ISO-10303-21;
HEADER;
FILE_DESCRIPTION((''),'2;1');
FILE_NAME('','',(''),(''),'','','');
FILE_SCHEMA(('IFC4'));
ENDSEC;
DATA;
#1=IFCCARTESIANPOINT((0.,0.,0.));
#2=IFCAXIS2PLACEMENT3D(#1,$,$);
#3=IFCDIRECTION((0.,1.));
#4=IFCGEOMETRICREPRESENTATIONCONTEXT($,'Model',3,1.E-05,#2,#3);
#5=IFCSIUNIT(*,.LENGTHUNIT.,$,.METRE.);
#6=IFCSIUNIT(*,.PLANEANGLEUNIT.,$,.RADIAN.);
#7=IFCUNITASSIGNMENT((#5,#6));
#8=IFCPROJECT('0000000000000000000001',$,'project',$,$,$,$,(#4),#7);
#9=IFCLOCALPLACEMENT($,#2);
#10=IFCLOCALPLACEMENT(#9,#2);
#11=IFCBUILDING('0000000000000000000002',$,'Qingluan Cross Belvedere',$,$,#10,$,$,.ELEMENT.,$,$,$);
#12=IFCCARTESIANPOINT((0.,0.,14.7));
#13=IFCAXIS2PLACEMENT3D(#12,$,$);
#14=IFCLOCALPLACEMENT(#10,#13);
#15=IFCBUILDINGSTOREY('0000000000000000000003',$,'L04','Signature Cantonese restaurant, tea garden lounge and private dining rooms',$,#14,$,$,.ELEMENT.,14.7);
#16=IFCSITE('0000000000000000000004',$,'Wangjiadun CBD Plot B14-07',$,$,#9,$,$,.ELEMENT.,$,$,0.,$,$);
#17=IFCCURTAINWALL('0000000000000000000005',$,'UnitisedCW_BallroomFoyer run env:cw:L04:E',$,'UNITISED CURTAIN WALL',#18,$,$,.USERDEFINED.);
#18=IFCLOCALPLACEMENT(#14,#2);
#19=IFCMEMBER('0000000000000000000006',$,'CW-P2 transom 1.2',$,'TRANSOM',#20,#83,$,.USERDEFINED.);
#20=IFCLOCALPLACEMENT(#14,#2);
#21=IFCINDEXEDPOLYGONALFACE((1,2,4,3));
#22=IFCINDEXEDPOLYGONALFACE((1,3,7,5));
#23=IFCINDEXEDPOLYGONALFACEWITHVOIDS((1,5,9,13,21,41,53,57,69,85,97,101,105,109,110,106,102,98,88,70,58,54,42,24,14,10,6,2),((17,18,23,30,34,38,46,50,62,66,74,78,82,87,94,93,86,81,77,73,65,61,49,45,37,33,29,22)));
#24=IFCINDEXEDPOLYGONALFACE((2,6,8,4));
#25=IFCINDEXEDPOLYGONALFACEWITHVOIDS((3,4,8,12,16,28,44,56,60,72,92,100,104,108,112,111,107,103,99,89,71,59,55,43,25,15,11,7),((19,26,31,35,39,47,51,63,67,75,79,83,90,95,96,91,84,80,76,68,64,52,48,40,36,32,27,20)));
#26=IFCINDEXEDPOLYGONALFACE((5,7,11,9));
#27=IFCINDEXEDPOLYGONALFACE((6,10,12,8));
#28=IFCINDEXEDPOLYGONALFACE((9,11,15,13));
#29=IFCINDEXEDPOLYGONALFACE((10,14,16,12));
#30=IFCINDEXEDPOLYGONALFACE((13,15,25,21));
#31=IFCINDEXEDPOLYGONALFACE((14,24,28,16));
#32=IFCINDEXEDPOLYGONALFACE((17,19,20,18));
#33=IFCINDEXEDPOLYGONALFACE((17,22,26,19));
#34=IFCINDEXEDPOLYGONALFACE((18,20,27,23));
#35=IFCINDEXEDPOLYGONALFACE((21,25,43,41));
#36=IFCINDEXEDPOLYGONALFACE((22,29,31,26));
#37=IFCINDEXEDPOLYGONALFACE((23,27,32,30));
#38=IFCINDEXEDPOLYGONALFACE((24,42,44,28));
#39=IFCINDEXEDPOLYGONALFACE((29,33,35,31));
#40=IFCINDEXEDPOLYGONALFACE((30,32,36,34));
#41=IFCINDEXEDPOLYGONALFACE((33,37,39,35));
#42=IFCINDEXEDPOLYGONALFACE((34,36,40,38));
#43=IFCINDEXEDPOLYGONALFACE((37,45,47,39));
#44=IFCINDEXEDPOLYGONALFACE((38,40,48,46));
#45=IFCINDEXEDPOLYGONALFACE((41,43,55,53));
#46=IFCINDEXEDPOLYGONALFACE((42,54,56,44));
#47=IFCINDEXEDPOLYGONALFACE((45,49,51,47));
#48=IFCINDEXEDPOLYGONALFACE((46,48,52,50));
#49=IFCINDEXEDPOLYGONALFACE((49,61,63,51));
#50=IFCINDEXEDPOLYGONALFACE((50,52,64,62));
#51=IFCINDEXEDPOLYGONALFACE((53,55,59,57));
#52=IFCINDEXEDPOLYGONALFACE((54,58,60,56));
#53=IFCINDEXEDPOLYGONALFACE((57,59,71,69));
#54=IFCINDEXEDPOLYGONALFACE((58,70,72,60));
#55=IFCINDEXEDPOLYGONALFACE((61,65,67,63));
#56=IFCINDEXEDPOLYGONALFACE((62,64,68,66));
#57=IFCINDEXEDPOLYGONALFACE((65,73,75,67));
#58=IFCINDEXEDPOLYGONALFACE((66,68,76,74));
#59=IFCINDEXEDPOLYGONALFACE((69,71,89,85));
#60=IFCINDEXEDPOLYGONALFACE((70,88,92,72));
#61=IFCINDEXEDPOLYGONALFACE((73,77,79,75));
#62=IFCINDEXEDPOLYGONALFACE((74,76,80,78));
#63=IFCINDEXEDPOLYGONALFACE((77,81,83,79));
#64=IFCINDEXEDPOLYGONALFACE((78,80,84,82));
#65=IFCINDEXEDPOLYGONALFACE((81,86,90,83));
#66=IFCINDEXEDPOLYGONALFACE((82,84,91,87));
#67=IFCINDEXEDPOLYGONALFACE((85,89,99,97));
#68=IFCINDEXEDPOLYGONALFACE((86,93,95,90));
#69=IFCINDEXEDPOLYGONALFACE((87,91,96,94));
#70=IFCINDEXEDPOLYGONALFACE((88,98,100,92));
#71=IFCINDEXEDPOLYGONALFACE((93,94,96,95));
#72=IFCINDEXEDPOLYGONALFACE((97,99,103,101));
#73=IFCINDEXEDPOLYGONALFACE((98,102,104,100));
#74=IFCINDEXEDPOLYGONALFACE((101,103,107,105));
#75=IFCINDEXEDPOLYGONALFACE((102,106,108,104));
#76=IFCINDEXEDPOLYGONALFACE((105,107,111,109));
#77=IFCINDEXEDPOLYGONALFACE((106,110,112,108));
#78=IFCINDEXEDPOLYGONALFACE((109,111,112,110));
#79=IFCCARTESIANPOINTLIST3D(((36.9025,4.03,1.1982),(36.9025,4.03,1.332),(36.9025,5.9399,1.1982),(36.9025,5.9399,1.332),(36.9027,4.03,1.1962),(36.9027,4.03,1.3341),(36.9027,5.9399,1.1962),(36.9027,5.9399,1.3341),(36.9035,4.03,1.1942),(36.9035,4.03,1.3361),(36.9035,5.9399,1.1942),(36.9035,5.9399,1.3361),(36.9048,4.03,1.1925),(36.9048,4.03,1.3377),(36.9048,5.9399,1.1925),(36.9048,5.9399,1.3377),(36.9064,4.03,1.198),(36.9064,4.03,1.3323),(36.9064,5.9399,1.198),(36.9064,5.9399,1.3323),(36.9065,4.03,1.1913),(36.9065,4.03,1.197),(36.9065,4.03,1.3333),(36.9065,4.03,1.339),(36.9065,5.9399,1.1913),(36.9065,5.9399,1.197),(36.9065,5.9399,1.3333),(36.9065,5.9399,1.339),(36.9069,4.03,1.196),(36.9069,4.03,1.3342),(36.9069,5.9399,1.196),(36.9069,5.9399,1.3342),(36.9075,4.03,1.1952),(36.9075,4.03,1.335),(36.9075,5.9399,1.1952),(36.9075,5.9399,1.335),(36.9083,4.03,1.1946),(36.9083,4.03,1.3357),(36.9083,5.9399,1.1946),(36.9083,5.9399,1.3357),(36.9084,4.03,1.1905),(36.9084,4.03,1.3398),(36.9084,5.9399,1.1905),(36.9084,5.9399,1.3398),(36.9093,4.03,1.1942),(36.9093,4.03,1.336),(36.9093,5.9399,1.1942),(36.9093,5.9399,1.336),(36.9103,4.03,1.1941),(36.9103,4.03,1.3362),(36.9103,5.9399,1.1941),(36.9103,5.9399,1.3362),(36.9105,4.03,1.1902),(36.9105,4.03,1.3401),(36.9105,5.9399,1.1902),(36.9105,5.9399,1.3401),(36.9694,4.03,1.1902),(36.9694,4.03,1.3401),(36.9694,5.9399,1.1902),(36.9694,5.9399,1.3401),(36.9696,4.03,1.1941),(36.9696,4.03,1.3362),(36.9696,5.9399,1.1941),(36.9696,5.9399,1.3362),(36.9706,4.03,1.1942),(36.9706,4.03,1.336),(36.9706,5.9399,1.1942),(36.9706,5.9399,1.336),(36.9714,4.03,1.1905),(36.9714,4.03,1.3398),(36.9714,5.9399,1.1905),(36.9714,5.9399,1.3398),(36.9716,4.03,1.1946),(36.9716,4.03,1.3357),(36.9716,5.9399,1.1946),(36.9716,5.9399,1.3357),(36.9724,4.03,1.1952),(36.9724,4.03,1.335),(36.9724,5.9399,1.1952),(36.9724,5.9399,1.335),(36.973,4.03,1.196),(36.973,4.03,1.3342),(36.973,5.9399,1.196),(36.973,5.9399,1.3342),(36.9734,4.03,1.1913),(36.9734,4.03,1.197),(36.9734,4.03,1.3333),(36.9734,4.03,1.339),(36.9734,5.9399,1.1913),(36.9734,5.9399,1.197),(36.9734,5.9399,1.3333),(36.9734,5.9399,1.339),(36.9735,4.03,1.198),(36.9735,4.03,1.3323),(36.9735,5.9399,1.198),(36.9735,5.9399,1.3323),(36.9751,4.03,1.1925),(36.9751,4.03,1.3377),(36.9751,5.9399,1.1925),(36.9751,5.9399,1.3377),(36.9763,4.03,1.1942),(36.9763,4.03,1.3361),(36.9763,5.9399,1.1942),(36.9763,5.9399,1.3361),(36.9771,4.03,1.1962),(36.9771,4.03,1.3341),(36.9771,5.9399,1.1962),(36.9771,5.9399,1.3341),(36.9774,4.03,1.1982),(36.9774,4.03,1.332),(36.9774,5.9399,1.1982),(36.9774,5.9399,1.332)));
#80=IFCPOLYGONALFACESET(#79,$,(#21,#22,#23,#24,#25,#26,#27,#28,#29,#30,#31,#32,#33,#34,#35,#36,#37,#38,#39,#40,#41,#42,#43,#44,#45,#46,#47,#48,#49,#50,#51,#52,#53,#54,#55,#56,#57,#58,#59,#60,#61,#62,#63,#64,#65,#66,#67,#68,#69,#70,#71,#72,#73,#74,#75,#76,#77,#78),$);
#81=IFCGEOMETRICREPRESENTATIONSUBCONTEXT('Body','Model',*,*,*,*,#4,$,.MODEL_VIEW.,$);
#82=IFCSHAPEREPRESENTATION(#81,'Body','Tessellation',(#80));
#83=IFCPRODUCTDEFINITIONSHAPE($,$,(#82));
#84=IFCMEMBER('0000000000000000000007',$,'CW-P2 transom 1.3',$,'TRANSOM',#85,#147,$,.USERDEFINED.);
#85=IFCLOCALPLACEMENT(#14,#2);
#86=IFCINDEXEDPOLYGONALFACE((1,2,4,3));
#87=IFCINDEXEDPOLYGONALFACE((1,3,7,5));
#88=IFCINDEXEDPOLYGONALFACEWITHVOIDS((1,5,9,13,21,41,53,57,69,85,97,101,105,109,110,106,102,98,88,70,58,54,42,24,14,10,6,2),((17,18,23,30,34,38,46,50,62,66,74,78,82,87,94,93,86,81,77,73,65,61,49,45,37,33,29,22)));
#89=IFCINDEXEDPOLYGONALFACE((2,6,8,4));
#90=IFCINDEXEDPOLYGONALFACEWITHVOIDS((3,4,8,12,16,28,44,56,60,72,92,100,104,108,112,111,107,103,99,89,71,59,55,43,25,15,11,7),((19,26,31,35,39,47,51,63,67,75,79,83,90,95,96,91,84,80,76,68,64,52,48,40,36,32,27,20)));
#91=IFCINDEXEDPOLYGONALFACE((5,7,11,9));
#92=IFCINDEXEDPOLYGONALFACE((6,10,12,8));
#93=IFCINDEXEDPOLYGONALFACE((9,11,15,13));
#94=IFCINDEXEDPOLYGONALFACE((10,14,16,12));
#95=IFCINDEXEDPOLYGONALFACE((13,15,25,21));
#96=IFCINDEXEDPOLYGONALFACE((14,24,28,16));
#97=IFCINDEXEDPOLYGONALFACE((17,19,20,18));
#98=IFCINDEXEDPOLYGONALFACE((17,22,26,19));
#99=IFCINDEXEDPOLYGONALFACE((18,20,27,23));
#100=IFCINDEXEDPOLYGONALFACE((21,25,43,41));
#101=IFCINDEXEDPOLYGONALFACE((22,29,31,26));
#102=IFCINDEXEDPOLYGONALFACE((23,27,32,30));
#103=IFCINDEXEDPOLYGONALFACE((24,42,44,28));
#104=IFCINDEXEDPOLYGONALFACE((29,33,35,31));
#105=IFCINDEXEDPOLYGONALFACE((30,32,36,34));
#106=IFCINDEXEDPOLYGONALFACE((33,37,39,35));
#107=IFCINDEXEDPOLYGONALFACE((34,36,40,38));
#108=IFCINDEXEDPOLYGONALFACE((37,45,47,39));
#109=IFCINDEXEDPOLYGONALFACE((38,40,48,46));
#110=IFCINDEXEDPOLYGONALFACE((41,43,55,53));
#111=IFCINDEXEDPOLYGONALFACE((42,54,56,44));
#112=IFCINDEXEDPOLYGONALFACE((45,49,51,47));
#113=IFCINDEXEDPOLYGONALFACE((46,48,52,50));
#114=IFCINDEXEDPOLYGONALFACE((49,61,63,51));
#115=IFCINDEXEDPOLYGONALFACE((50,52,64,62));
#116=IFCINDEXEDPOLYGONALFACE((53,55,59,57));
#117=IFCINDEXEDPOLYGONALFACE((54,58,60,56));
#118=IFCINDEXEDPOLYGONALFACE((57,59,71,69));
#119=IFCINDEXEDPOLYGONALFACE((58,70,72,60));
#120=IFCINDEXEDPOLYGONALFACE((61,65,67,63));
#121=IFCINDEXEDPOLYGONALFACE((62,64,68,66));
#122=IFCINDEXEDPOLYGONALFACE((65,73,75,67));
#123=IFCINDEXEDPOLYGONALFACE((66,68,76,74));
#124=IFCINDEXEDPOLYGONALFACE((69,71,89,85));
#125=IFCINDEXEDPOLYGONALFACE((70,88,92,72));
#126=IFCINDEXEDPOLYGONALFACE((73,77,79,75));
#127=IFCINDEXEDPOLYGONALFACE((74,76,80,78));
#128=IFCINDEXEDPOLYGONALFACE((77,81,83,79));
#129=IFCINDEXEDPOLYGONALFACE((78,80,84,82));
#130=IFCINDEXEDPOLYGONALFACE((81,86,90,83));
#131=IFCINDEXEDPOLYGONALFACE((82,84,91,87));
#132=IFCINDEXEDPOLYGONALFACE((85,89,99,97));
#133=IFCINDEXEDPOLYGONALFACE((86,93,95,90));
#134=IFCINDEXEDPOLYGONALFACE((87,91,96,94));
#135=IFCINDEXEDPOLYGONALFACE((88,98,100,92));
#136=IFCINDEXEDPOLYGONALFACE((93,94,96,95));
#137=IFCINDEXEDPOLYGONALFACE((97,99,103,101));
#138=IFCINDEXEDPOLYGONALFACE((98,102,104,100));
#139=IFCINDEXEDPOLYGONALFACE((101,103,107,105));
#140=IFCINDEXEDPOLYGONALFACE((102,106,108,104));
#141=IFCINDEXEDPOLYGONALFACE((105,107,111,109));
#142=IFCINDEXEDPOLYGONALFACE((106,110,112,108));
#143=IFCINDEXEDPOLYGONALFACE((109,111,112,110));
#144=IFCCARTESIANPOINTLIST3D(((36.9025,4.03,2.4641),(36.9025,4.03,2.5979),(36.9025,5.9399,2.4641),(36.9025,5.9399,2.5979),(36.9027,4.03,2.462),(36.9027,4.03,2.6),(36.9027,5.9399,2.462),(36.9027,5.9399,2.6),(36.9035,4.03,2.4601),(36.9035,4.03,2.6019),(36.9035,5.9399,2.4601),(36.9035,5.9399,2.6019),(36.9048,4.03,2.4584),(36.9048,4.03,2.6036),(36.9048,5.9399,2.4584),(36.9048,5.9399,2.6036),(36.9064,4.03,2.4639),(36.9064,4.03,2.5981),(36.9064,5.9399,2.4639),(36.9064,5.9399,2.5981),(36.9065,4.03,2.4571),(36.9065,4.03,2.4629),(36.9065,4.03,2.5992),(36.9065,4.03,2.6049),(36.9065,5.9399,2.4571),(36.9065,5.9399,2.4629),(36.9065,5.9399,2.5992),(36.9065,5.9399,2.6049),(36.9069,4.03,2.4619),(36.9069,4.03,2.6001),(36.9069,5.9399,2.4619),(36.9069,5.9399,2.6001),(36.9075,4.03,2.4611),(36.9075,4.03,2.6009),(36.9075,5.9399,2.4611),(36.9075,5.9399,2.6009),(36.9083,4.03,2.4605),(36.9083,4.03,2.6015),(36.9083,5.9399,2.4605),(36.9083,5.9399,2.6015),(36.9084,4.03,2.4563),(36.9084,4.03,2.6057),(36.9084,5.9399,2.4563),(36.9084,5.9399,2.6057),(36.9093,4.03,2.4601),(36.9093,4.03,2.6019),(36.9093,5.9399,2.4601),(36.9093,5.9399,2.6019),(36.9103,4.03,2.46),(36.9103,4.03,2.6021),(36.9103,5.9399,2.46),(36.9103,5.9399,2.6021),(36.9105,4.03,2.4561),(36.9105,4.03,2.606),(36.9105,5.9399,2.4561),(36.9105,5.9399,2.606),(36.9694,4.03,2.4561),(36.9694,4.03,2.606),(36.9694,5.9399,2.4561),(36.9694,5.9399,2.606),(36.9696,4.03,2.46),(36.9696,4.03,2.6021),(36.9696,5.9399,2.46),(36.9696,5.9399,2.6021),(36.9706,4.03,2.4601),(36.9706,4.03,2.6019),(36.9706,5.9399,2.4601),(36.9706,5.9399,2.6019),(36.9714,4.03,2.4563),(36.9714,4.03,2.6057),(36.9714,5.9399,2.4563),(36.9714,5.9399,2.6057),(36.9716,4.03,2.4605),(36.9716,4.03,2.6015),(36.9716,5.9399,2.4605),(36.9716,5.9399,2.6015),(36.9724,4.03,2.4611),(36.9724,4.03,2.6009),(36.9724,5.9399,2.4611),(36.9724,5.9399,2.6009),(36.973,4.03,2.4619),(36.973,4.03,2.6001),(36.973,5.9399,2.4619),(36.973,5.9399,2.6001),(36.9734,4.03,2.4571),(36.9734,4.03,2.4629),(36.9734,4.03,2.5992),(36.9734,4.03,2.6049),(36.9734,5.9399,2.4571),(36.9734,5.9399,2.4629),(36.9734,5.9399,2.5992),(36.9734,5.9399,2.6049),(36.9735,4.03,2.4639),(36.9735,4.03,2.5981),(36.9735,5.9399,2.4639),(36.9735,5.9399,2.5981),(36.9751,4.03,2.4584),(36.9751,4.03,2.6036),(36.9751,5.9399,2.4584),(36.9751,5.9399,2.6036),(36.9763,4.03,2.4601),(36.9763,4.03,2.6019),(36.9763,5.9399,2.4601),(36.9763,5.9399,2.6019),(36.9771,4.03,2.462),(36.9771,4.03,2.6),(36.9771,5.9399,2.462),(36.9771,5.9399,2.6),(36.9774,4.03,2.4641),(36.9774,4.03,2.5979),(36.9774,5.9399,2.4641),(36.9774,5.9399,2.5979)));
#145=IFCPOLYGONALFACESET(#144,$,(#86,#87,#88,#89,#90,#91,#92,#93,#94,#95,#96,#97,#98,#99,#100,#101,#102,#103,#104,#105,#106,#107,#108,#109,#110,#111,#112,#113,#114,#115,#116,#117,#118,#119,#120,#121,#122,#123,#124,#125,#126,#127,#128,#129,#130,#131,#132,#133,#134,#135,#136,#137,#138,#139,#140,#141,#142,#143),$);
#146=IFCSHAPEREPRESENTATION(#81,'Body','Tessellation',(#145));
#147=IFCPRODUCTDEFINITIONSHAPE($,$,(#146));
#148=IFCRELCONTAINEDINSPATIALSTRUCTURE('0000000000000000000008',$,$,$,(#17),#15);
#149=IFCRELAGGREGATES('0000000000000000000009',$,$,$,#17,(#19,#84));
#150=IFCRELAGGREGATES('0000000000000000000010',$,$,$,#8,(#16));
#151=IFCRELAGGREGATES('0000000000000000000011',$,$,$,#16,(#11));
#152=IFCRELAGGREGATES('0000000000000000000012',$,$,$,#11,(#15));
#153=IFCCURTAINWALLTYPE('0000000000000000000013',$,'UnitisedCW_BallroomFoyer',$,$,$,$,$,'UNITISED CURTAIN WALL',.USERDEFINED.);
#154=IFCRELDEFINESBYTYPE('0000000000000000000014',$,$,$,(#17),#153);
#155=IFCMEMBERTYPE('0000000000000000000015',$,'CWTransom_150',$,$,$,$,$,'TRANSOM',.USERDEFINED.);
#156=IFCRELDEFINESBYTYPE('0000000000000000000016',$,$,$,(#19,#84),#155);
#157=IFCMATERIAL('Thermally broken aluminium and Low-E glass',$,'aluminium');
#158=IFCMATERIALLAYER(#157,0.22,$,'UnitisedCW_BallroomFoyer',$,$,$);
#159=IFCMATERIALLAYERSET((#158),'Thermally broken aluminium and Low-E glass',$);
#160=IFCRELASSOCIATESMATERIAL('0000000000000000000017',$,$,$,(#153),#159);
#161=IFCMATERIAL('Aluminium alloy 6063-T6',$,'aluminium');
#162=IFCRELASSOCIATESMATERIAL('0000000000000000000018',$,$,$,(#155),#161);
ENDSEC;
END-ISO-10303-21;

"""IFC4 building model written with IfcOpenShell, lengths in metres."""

from ifc_helpers import new_model, si_unit, direction, frame, origin, origin_2d, place, context, subcontext, project, spatial, hollow_rectangle, extrude, material, layer, layer_set, material_profile, profile_set, type_object, element, aggregate, save


model = new_model("IFC4")

# Units and contexts
model_context = context("Model", 3, precision=1e-05, world=origin(), true_north=direction((0.0, 1.0)))
body_context = subcontext(model_context, "Body", "Model", "MODEL_VIEW")
ifc_project = project(units=[si_unit("LENGTHUNIT", "METRE"), si_unit("PLANEANGLEUNIT", "RADIAN")], contexts=[model_context])

# Site, building, storey
site_placement = place(None, origin())
site = spatial("IfcSite", under=ifc_project, at=site_placement, Name="Wangjiadun CBD Plot B14-07", CompositionType="ELEMENT", RefElevation=0.0)
building_placement = place(site_placement, origin())
building = spatial("IfcBuilding", under=site, at=building_placement, Name="Qingluan Cross Belvedere", CompositionType="ELEMENT")
storey_placement = place(building_placement, frame((0.0, 0.0, 14.7)))
storey = spatial("IfcBuildingStorey", under=building, at=storey_placement, Name="L04", Description="Signature Cantonese restaurant, tea garden lounge and private dining rooms", CompositionType="ELEMENT", Elevation=14.7)

# Curtain wall, members
ifc_material_1 = material(Name="Thermally broken aluminium and Low-E glass", Category="aluminium")
ifc_layer_1 = layer(ifc_material_1, 0.22, Name="UnitisedCW_BallroomFoyer")
ifc_layer_set_1 = layer_set([ifc_layer_1], Name="Thermally broken aluminium and Low-E glass")
curtain_wall_type = type_object("IfcCurtainWallType", Name="UnitisedCW_BallroomFoyer", ElementType="UNITISED CURTAIN WALL", PredefinedType="USERDEFINED", material=ifc_layer_set_1)
curtain_wall_placement = place(storey_placement, origin())
curtain_wall = element("IfcCurtainWall", 1, at=curtain_wall_placement, inside=storey, type_object=curtain_wall_type, Name="UnitisedCW_BallroomFoyer run env:cw:L04:E", ObjectType="UNITISED CURTAIN WALL", PredefinedType="USERDEFINED")
ifc_material_2 = material(Name="Aluminium alloy 6063-T6", Category="aluminium")
ifc_material_profile_1 = material_profile(ifc_material_2, hollow_rectangle(XDim=0.075, YDim=0.1499, WallThickness=0.0039, InnerFilletRadius=0.0039, OuterFilletRadius=0.0081, at=origin_2d()), Name="CWT150x75x4")
ifc_profile_set_1 = profile_set([ifc_material_profile_1], Name="Aluminium alloy 6063-T6")
member_type_1 = type_object("IfcMemberType", Name="CWTransom_150", ElementType="TRANSOM", PredefinedType="USERDEFINED", material=ifc_profile_set_1)
member_1_placement = place(storey_placement, frame((36.9399, 5.9399, 1.2651), z_axis=(0.0, -1.0, 0.0), x_axis=(1.0, 0.0, 0.0)))
member_1 = element("IfcMember", 2, at=member_1_placement, type_object=member_type_1, Name="CW-P2 transom 1.2", ObjectType="TRANSOM", PredefinedType="USERDEFINED", context=body_context, shape_type="SweptSolid", body=[
    extrude(hollow_rectangle(XDim=0.075, YDim=0.1499, WallThickness=0.0039, InnerFilletRadius=0.0039, OuterFilletRadius=0.0081, at=origin_2d()), origin(), (0.0, 0.0, 1.0), 1.9099),
])
member_2_placement = place(storey_placement, frame((36.9399, 5.9399, 2.531), z_axis=(0.0, -1.0, 0.0), x_axis=(1.0, 0.0, 0.0)))
member_2 = element("IfcMember", 3, at=member_2_placement, type_object=member_type_1, Name="CW-P2 transom 1.3", ObjectType="TRANSOM", PredefinedType="USERDEFINED", context=body_context, shape_type="SweptSolid", body=[
    extrude(hollow_rectangle(XDim=0.075, YDim=0.1499, WallThickness=0.0039, InnerFilletRadius=0.0039, OuterFilletRadius=0.0081, at=origin_2d()), origin(), (0.0, 0.0, 1.0), 1.9099),
])
aggregate(curtain_wall, [member_1, member_2])

save(model, "model.ifc")
